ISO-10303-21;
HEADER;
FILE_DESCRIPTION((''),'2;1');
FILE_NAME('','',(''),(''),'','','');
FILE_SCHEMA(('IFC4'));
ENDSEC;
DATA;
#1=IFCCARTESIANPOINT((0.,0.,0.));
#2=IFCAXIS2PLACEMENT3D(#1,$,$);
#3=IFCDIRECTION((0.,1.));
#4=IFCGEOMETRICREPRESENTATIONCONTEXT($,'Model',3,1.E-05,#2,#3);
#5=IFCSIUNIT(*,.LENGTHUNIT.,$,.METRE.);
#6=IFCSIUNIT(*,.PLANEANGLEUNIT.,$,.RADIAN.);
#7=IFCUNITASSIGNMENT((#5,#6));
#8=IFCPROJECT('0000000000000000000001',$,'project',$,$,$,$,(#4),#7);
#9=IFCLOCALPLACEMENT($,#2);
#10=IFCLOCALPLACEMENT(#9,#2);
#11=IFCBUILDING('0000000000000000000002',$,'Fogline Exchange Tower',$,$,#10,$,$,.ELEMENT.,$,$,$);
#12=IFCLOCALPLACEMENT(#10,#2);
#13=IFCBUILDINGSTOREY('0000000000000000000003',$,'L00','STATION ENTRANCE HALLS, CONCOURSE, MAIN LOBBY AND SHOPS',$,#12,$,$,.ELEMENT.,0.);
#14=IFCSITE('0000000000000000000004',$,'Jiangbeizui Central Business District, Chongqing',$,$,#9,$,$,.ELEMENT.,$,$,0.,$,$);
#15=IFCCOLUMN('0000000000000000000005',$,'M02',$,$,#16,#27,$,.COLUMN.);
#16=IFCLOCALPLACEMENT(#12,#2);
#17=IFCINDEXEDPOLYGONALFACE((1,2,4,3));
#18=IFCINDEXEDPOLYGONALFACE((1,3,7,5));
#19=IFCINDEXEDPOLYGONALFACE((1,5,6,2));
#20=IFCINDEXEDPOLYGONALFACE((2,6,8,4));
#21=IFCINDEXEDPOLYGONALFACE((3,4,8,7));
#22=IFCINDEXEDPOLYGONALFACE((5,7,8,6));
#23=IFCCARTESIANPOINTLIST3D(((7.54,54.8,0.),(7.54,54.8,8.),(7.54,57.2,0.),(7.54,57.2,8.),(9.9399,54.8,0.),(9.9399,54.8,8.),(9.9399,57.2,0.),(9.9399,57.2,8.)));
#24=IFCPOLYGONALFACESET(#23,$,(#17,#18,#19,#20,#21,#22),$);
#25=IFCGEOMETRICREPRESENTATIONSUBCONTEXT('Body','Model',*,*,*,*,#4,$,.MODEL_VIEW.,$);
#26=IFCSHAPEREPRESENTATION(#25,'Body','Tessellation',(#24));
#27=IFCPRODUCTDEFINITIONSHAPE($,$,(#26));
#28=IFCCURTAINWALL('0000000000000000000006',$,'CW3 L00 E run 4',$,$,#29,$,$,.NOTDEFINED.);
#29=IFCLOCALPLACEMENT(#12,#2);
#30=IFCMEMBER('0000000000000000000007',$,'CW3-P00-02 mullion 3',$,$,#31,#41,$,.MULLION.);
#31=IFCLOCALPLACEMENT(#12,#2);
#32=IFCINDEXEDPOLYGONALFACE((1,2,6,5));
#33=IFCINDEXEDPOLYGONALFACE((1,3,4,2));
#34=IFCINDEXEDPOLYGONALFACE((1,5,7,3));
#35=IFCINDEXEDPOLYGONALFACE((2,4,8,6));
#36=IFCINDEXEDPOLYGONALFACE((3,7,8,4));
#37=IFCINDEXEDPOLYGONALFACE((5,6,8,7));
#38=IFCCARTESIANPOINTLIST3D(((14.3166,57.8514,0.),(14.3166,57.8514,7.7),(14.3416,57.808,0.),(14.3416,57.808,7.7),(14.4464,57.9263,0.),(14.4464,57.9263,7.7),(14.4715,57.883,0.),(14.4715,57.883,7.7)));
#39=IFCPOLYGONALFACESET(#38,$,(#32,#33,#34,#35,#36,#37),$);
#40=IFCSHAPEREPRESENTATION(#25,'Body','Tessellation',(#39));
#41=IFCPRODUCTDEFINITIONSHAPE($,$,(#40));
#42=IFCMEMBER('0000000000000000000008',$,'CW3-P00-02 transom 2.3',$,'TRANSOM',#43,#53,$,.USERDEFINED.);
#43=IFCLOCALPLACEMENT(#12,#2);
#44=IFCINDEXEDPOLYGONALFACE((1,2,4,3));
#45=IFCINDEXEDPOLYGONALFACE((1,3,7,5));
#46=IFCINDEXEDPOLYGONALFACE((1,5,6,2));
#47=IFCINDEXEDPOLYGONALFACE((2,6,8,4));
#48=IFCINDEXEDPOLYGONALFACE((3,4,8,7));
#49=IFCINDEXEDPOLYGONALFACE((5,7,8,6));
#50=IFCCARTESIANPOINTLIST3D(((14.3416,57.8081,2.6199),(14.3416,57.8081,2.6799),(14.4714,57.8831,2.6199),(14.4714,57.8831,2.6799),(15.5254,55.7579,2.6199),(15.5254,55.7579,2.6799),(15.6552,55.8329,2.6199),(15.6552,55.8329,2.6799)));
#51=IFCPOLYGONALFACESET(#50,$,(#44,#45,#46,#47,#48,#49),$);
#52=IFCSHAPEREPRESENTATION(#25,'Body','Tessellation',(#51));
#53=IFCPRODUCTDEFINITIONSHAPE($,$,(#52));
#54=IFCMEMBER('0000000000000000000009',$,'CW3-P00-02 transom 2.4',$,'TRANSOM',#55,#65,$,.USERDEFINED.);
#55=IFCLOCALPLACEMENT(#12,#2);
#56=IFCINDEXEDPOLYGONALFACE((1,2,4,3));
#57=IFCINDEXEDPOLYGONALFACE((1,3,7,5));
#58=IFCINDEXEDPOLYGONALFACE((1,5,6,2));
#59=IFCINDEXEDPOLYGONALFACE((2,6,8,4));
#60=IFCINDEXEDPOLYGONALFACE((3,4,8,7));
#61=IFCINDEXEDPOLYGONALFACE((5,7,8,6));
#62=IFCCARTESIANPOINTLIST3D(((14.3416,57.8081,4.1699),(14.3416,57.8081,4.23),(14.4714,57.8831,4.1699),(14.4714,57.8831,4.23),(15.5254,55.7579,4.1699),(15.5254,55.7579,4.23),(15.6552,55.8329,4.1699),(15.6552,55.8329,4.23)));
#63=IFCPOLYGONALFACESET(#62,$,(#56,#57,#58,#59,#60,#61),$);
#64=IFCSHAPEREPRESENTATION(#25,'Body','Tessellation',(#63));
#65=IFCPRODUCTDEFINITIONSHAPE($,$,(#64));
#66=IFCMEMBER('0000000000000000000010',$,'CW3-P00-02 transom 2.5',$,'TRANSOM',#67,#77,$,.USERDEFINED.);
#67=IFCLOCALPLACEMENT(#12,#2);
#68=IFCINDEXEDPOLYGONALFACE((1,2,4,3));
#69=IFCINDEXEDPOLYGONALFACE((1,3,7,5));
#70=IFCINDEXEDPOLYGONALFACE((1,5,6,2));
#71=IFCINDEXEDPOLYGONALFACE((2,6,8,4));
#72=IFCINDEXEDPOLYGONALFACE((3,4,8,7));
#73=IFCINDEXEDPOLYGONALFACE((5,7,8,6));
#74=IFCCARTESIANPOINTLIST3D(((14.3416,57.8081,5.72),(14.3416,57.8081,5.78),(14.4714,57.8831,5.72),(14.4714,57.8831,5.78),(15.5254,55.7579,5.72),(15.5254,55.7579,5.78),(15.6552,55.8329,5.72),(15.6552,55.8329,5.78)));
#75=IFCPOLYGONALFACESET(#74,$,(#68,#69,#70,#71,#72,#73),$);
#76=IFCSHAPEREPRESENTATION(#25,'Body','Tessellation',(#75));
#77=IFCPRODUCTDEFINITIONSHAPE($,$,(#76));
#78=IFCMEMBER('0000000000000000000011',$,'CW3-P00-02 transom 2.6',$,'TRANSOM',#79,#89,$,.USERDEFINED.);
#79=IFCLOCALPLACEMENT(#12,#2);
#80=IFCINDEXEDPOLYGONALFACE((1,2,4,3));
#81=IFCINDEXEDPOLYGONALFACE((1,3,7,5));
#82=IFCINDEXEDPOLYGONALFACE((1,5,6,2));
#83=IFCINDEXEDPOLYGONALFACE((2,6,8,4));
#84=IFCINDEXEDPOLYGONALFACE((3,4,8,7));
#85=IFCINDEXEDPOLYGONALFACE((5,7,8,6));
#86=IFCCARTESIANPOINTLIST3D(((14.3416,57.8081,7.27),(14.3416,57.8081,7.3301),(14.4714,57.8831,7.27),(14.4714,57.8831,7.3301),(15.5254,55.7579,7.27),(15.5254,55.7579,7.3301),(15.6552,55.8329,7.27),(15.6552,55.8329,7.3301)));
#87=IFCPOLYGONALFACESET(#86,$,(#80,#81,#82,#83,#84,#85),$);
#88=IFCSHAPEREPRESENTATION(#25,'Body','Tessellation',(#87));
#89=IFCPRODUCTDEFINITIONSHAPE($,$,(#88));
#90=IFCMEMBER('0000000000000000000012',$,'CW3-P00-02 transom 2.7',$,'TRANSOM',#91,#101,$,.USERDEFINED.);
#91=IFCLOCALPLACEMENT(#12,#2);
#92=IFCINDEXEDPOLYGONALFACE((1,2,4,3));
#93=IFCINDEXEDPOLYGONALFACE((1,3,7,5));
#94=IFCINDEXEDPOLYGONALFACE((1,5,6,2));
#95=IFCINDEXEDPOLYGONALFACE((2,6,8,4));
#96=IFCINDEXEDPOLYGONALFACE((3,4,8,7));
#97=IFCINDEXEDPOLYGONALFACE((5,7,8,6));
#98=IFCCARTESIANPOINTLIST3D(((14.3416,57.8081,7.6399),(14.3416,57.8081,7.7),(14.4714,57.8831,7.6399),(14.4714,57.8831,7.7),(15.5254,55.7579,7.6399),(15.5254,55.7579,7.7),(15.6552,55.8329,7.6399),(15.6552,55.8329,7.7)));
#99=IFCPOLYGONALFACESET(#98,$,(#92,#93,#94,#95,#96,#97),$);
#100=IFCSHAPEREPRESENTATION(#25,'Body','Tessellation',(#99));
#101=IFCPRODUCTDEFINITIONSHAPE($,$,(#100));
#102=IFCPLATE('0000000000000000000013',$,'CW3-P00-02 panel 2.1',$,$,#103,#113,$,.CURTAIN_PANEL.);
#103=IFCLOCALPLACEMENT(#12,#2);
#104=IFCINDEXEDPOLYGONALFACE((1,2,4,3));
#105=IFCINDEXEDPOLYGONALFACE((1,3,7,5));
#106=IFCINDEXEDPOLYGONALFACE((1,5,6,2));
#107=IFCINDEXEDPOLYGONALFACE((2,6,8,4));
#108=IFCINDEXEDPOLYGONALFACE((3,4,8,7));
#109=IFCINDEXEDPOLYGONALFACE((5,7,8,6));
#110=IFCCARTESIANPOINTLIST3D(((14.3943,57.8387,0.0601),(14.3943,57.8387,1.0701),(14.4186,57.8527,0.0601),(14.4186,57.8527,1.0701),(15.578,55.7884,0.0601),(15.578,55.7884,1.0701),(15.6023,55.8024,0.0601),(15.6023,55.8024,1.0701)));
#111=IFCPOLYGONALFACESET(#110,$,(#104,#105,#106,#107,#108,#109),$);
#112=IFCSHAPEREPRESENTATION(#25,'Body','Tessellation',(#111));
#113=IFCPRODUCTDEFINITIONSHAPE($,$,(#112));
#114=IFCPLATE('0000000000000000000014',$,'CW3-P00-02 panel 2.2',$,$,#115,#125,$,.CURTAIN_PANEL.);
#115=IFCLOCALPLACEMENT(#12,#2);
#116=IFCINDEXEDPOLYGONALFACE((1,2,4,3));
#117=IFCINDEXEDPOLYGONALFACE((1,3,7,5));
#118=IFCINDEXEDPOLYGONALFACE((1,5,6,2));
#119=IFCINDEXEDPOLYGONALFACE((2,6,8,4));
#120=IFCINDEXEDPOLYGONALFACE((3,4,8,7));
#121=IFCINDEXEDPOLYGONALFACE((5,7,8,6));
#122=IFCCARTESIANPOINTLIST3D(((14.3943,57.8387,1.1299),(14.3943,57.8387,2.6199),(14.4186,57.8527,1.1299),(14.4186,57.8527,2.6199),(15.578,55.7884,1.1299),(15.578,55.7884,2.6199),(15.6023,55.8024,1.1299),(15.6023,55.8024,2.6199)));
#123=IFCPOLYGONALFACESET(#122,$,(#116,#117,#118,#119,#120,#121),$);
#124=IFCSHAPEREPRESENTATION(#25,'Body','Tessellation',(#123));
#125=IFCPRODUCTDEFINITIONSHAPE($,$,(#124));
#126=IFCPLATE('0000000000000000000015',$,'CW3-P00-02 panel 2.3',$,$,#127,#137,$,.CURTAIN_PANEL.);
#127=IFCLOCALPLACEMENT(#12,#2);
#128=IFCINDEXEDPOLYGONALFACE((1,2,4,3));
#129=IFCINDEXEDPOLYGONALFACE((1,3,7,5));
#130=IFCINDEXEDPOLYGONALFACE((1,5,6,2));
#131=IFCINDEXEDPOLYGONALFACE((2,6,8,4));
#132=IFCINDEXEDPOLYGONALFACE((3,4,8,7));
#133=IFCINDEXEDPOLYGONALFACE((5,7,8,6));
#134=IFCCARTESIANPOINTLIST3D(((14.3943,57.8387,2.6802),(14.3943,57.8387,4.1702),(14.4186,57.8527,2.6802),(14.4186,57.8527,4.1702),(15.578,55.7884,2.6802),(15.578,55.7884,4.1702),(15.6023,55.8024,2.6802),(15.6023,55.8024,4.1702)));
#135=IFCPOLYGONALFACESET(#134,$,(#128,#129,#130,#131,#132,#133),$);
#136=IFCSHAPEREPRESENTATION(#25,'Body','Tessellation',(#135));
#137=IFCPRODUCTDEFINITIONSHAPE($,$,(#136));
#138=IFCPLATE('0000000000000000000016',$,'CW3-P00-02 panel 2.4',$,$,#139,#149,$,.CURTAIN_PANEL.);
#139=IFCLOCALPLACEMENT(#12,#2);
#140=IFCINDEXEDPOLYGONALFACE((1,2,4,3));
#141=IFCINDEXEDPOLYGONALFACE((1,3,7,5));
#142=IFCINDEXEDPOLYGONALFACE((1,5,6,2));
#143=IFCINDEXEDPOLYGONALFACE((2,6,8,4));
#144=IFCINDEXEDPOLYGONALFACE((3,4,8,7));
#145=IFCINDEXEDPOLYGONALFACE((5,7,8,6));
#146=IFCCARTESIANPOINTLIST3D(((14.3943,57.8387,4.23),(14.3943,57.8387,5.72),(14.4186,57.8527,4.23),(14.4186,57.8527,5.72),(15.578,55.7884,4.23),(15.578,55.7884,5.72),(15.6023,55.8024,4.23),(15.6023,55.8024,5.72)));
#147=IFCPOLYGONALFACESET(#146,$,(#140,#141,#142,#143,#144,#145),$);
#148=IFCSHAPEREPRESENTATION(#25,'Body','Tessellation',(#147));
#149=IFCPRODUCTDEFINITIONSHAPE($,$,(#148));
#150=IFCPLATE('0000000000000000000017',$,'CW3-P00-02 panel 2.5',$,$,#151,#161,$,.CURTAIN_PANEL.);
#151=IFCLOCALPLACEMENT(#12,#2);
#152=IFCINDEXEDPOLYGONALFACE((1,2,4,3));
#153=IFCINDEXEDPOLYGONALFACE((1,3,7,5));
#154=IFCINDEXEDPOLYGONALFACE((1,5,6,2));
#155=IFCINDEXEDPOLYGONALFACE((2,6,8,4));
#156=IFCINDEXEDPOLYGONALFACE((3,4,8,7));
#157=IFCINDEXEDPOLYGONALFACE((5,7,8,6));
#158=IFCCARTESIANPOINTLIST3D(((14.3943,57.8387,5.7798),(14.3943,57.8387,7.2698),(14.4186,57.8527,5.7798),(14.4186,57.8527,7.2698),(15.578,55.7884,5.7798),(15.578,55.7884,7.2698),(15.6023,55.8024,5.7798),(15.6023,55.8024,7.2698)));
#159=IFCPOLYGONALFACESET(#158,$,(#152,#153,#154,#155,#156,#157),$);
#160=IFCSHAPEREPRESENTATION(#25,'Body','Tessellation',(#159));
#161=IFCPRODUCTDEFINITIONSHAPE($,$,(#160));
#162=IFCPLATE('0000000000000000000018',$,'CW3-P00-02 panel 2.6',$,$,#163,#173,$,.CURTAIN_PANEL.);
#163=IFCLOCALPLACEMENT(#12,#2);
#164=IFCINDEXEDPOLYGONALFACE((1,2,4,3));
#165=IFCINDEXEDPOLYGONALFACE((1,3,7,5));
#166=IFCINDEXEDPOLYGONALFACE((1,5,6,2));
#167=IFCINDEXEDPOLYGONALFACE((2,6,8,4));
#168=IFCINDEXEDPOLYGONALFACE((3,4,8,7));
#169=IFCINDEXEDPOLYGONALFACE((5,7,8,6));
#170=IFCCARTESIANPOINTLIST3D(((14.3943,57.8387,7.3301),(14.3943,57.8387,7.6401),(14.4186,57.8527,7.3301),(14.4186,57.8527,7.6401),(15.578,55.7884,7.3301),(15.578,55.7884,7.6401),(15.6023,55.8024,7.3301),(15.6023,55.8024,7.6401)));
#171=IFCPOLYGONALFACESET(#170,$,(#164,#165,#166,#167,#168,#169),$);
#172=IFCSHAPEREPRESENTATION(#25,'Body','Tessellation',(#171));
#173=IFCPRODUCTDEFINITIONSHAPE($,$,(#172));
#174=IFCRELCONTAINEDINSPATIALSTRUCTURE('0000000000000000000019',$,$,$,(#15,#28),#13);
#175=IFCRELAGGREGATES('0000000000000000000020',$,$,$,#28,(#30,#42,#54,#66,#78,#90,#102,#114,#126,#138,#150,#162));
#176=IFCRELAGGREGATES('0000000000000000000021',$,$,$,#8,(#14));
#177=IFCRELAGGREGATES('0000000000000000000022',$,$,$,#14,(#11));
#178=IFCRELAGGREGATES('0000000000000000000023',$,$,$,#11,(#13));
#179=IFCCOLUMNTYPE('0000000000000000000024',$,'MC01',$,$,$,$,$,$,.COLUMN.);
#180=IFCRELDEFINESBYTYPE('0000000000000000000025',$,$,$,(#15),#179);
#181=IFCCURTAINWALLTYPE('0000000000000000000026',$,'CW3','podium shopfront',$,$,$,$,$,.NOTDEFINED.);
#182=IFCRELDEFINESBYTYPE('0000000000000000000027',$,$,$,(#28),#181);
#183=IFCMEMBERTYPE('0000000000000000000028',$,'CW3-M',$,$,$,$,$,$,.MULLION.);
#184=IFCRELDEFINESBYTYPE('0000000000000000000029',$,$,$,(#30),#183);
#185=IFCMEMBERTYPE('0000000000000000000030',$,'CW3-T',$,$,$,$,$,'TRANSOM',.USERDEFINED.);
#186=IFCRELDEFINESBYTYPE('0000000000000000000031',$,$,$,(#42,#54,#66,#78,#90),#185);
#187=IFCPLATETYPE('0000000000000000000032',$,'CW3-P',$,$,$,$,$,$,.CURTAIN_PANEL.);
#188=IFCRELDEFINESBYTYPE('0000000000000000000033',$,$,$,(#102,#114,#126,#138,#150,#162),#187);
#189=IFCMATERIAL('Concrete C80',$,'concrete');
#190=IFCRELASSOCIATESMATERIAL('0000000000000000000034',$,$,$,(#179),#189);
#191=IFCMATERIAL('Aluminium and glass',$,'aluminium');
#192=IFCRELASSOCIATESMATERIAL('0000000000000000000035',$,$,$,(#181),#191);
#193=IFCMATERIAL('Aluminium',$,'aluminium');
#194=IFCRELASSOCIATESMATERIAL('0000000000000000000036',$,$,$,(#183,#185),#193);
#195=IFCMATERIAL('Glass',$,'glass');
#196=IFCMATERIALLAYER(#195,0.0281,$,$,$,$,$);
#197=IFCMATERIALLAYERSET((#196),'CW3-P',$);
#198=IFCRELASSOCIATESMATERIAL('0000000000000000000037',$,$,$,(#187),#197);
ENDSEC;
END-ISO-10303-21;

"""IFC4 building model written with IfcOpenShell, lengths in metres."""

from ifc_helpers import new_model, si_unit, direction, frame, origin, origin_2d, place, context, subcontext, project, spatial, rectangle, extrude, material, layer, layer_set, material_profile, profile_set, type_object, element, aggregate, save


model = new_model("IFC4")

# Units and contexts
model_context = context("Model", 3, precision=1e-05, world=origin(), true_north=direction((0.0, 1.0)))
body_context = subcontext(model_context, "Body", "Model", "MODEL_VIEW")
ifc_project = project(units=[si_unit("LENGTHUNIT", "METRE"), si_unit("PLANEANGLEUNIT", "RADIAN")], contexts=[model_context])

# Site, building, storey
site_placement = place(None, origin())
site = spatial("IfcSite", under=ifc_project, at=site_placement, Name="Jiangbeizui Central Business District, Chongqing", CompositionType="ELEMENT", RefElevation=0.0)
building_placement = place(site_placement, origin())
building = spatial("IfcBuilding", under=site, at=building_placement, Name="Fogline Exchange Tower", CompositionType="ELEMENT")
storey_placement = place(building_placement, origin())
storey = spatial("IfcBuildingStorey", under=building, at=storey_placement, Name="L00", Description="STATION ENTRANCE HALLS, CONCOURSE, MAIN LOBBY AND SHOPS", CompositionType="ELEMENT", Elevation=0.0)

# Column
ifc_material_1 = material(Name="Concrete C80", Category="concrete")
ifc_material_profile_1 = material_profile(ifc_material_1, rectangle(XDim=2.3999, YDim=2.3999, at=origin_2d()), Name="RC 2400x2400")
ifc_profile_set_1 = profile_set([ifc_material_profile_1], Name="Concrete C80")
column_type = type_object("IfcColumnType", Name="MC01", PredefinedType="COLUMN", material=ifc_profile_set_1)
column_placement = place(storey_placement, frame((8.74, 56.0, 0.0), z_axis=(0.0, 0.0, 1.0), x_axis=(1.0, 0.0, 0.0)))
element("IfcColumn", 1, at=column_placement, inside=storey, type_object=column_type, Name="M02", PredefinedType="COLUMN", context=body_context, shape_type="SweptSolid", body=[
    extrude(rectangle(XDim=2.3999, YDim=2.3999, at=origin_2d()), origin(), (0.0, 0.0, 1.0), 8.0),
])

# Curtain wall, members, plates
ifc_material_2 = material(Name="Aluminium and glass", Category="aluminium")
curtain_wall_type = type_object("IfcCurtainWallType", Name="CW3", Description="podium shopfront", PredefinedType="NOTDEFINED", material=ifc_material_2)
curtain_wall_placement = place(storey_placement, origin())
curtain_wall = element("IfcCurtainWall", 2, at=curtain_wall_placement, inside=storey, type_object=curtain_wall_type, Name="CW3 L00 E run 4", PredefinedType="NOTDEFINED")
ifc_material_3 = material(Name="Aluminium", Category="aluminium")
ifc_material_profile_2 = material_profile(ifc_material_3, rectangle(XDim=0.1499, YDim=0.05, at=origin_2d()), Name="Mullion 50x150")
ifc_profile_set_2 = profile_set([ifc_material_profile_2], Name="Aluminium")
member_type_1 = type_object("IfcMemberType", Name="CW3-M", PredefinedType="MULLION", material=ifc_profile_set_2)
member_1_placement = place(storey_placement, frame((14.394, 57.8672, 0.0), z_axis=(0.0, 0.0, 1.0), x_axis=(-0.866026, -0.499999, 0.0)))
member_1 = element("IfcMember", 3, at=member_1_placement, type_object=member_type_1, Name="CW3-P00-02 mullion 3", PredefinedType="MULLION", context=body_context, shape_type="SweptSolid", body=[
    extrude(rectangle(XDim=0.1499, YDim=0.05, at=origin_2d()), origin(), (0.0, 0.0, 1.0), 7.7),
])
ifc_material_profile_3 = material_profile(ifc_material_3, rectangle(XDim=0.1499, YDim=0.0601, at=origin_2d()), Name="Transom 60x150")
ifc_profile_set_3 = profile_set([ifc_material_profile_3], Name="Aluminium")
member_type_2 = type_object("IfcMemberType", Name="CW3-T", ElementType="TRANSOM", PredefinedType="USERDEFINED", material=ifc_profile_set_3)
member_2_placement = place(storey_placement, frame((15.5903, 55.7954, 2.6499), z_axis=(-0.500032, 0.866007, 0.0), x_axis=(-0.866007, -0.500032, 0.0)))
member_2 = element("IfcMember", 4, at=member_2_placement, type_object=member_type_2, Name="CW3-P00-02 transom 2.3", ObjectType="TRANSOM", PredefinedType="USERDEFINED", context=body_context, shape_type="SweptSolid", body=[
    extrude(rectangle(XDim=0.1499, YDim=0.0601, at=origin_2d()), origin(), (0.0, 0.0, 1.0), 2.3674),
])
member_3_placement = place(storey_placement, frame((15.5903, 55.7954, 4.2), z_axis=(-0.500032, 0.866007, 0.0), x_axis=(-0.866007, -0.500032, 0.0)))
member_3 = element("IfcMember", 5, at=member_3_placement, type_object=member_type_2, Name="CW3-P00-02 transom 2.4", ObjectType="TRANSOM", PredefinedType="USERDEFINED", context=body_context, shape_type="SweptSolid", body=[
    extrude(rectangle(XDim=0.1499, YDim=0.0601, at=origin_2d()), origin(), (0.0, 0.0, 1.0), 2.3674),
])
member_4_placement = place(storey_placement, frame((15.5903, 55.7954, 5.75), z_axis=(-0.500032, 0.866007, 0.0), x_axis=(-0.866007, -0.500032, 0.0)))
member_4 = element("IfcMember", 6, at=member_4_placement, type_object=member_type_2, Name="CW3-P00-02 transom 2.5", ObjectType="TRANSOM", PredefinedType="USERDEFINED", context=body_context, shape_type="SweptSolid", body=[
    extrude(rectangle(XDim=0.1499, YDim=0.0601, at=origin_2d()), origin(), (0.0, 0.0, 1.0), 2.3674),
])
member_5_placement = place(storey_placement, frame((15.5903, 55.7954, 7.3), z_axis=(-0.500032, 0.866007, 0.0), x_axis=(-0.866007, -0.500032, 0.0)))
member_5 = element("IfcMember", 7, at=member_5_placement, type_object=member_type_2, Name="CW3-P00-02 transom 2.6", ObjectType="TRANSOM", PredefinedType="USERDEFINED", context=body_context, shape_type="SweptSolid", body=[
    extrude(rectangle(XDim=0.1499, YDim=0.0601, at=origin_2d()), origin(), (0.0, 0.0, 1.0), 2.3674),
])
member_6_placement = place(storey_placement, frame((15.5903, 55.7954, 7.6699), z_axis=(-0.500032, 0.866007, 0.0), x_axis=(-0.866007, -0.500032, 0.0)))
member_6 = element("IfcMember", 8, at=member_6_placement, type_object=member_type_2, Name="CW3-P00-02 transom 2.7", ObjectType="TRANSOM", PredefinedType="USERDEFINED", context=body_context, shape_type="SweptSolid", body=[
    extrude(rectangle(XDim=0.1499, YDim=0.0601, at=origin_2d()), origin(), (0.0, 0.0, 1.0), 2.3674),
])
ifc_material_4 = material(Name="Glass", Category="glass")
ifc_layer_1 = layer(ifc_material_4, 0.0281)
ifc_layer_set_1 = layer_set([ifc_layer_1], Name="CW3-P")
plate_type = type_object("IfcPlateType", Name="CW3-P", PredefinedType="CURTAIN_PANEL", material=ifc_layer_set_1)
plate_1_placement = place(storey_placement, frame((14.9983, 56.8206, 0.0601), z_axis=(0.0, 0.0, 1.0), x_axis=(-0.499999, 0.866026, 0.0)))
plate_1 = element("IfcPlate", 9, at=plate_1_placement, type_object=plate_type, Name="CW3-P00-02 panel 2.1", PredefinedType="CURTAIN_PANEL", context=body_context, shape_type="SweptSolid", body=[
    extrude(rectangle(XDim=2.3674, YDim=0.0281, at=origin_2d()), origin(), (0.0, 0.0, 1.0), 1.01),
])
plate_2_placement = place(storey_placement, frame((14.9983, 56.8206, 1.1299), z_axis=(0.0, 0.0, 1.0), x_axis=(-0.499999, 0.866026, 0.0)))
plate_2 = element("IfcPlate", 10, at=plate_2_placement, type_object=plate_type, Name="CW3-P00-02 panel 2.2", PredefinedType="CURTAIN_PANEL", context=body_context, shape_type="SweptSolid", body=[
    extrude(rectangle(XDim=2.3674, YDim=0.0281, at=origin_2d()), origin(), (0.0, 0.0, 1.0), 1.49),
])
plate_3_placement = place(storey_placement, frame((14.9983, 56.8206, 2.6802), z_axis=(0.0, 0.0, 1.0), x_axis=(-0.499999, 0.866026, 0.0)))
plate_3 = element("IfcPlate", 11, at=plate_3_placement, type_object=plate_type, Name="CW3-P00-02 panel 2.3", PredefinedType="CURTAIN_PANEL", context=body_context, shape_type="SweptSolid", body=[
    extrude(rectangle(XDim=2.3674, YDim=0.0281, at=origin_2d()), origin(), (0.0, 0.0, 1.0), 1.49),
])
plate_4_placement = place(storey_placement, frame((14.9983, 56.8206, 4.23), z_axis=(0.0, 0.0, 1.0), x_axis=(-0.499999, 0.866026, 0.0)))
plate_4 = element("IfcPlate", 12, at=plate_4_placement, type_object=plate_type, Name="CW3-P00-02 panel 2.4", PredefinedType="CURTAIN_PANEL", context=body_context, shape_type="SweptSolid", body=[
    extrude(rectangle(XDim=2.3674, YDim=0.0281, at=origin_2d()), origin(), (0.0, 0.0, 1.0), 1.49),
])
plate_5_placement = place(storey_placement, frame((14.9983, 56.8206, 5.7798), z_axis=(0.0, 0.0, 1.0), x_axis=(-0.499999, 0.866026, 0.0)))
plate_5 = element("IfcPlate", 13, at=plate_5_placement, type_object=plate_type, Name="CW3-P00-02 panel 2.5", PredefinedType="CURTAIN_PANEL", context=body_context, shape_type="SweptSolid", body=[
    extrude(rectangle(XDim=2.3674, YDim=0.0281, at=origin_2d()), origin(), (0.0, 0.0, 1.0), 1.49),
])
plate_6_placement = place(storey_placement, frame((14.9983, 56.8206, 7.3301), z_axis=(0.0, 0.0, 1.0), x_axis=(-0.499999, 0.866026, 0.0)))
plate_6 = element("IfcPlate", 14, at=plate_6_placement, type_object=plate_type, Name="CW3-P00-02 panel 2.6", PredefinedType="CURTAIN_PANEL", context=body_context, shape_type="SweptSolid", body=[
    extrude(rectangle(XDim=2.3674, YDim=0.0281, at=origin_2d()), origin(), (0.0, 0.0, 1.0), 0.3101),
])
aggregate(curtain_wall, [member_1, member_2, member_3, member_4, member_5, member_6, plate_1, plate_2, plate_3, plate_4, plate_5, plate_6])

save(model, "model.ifc")
